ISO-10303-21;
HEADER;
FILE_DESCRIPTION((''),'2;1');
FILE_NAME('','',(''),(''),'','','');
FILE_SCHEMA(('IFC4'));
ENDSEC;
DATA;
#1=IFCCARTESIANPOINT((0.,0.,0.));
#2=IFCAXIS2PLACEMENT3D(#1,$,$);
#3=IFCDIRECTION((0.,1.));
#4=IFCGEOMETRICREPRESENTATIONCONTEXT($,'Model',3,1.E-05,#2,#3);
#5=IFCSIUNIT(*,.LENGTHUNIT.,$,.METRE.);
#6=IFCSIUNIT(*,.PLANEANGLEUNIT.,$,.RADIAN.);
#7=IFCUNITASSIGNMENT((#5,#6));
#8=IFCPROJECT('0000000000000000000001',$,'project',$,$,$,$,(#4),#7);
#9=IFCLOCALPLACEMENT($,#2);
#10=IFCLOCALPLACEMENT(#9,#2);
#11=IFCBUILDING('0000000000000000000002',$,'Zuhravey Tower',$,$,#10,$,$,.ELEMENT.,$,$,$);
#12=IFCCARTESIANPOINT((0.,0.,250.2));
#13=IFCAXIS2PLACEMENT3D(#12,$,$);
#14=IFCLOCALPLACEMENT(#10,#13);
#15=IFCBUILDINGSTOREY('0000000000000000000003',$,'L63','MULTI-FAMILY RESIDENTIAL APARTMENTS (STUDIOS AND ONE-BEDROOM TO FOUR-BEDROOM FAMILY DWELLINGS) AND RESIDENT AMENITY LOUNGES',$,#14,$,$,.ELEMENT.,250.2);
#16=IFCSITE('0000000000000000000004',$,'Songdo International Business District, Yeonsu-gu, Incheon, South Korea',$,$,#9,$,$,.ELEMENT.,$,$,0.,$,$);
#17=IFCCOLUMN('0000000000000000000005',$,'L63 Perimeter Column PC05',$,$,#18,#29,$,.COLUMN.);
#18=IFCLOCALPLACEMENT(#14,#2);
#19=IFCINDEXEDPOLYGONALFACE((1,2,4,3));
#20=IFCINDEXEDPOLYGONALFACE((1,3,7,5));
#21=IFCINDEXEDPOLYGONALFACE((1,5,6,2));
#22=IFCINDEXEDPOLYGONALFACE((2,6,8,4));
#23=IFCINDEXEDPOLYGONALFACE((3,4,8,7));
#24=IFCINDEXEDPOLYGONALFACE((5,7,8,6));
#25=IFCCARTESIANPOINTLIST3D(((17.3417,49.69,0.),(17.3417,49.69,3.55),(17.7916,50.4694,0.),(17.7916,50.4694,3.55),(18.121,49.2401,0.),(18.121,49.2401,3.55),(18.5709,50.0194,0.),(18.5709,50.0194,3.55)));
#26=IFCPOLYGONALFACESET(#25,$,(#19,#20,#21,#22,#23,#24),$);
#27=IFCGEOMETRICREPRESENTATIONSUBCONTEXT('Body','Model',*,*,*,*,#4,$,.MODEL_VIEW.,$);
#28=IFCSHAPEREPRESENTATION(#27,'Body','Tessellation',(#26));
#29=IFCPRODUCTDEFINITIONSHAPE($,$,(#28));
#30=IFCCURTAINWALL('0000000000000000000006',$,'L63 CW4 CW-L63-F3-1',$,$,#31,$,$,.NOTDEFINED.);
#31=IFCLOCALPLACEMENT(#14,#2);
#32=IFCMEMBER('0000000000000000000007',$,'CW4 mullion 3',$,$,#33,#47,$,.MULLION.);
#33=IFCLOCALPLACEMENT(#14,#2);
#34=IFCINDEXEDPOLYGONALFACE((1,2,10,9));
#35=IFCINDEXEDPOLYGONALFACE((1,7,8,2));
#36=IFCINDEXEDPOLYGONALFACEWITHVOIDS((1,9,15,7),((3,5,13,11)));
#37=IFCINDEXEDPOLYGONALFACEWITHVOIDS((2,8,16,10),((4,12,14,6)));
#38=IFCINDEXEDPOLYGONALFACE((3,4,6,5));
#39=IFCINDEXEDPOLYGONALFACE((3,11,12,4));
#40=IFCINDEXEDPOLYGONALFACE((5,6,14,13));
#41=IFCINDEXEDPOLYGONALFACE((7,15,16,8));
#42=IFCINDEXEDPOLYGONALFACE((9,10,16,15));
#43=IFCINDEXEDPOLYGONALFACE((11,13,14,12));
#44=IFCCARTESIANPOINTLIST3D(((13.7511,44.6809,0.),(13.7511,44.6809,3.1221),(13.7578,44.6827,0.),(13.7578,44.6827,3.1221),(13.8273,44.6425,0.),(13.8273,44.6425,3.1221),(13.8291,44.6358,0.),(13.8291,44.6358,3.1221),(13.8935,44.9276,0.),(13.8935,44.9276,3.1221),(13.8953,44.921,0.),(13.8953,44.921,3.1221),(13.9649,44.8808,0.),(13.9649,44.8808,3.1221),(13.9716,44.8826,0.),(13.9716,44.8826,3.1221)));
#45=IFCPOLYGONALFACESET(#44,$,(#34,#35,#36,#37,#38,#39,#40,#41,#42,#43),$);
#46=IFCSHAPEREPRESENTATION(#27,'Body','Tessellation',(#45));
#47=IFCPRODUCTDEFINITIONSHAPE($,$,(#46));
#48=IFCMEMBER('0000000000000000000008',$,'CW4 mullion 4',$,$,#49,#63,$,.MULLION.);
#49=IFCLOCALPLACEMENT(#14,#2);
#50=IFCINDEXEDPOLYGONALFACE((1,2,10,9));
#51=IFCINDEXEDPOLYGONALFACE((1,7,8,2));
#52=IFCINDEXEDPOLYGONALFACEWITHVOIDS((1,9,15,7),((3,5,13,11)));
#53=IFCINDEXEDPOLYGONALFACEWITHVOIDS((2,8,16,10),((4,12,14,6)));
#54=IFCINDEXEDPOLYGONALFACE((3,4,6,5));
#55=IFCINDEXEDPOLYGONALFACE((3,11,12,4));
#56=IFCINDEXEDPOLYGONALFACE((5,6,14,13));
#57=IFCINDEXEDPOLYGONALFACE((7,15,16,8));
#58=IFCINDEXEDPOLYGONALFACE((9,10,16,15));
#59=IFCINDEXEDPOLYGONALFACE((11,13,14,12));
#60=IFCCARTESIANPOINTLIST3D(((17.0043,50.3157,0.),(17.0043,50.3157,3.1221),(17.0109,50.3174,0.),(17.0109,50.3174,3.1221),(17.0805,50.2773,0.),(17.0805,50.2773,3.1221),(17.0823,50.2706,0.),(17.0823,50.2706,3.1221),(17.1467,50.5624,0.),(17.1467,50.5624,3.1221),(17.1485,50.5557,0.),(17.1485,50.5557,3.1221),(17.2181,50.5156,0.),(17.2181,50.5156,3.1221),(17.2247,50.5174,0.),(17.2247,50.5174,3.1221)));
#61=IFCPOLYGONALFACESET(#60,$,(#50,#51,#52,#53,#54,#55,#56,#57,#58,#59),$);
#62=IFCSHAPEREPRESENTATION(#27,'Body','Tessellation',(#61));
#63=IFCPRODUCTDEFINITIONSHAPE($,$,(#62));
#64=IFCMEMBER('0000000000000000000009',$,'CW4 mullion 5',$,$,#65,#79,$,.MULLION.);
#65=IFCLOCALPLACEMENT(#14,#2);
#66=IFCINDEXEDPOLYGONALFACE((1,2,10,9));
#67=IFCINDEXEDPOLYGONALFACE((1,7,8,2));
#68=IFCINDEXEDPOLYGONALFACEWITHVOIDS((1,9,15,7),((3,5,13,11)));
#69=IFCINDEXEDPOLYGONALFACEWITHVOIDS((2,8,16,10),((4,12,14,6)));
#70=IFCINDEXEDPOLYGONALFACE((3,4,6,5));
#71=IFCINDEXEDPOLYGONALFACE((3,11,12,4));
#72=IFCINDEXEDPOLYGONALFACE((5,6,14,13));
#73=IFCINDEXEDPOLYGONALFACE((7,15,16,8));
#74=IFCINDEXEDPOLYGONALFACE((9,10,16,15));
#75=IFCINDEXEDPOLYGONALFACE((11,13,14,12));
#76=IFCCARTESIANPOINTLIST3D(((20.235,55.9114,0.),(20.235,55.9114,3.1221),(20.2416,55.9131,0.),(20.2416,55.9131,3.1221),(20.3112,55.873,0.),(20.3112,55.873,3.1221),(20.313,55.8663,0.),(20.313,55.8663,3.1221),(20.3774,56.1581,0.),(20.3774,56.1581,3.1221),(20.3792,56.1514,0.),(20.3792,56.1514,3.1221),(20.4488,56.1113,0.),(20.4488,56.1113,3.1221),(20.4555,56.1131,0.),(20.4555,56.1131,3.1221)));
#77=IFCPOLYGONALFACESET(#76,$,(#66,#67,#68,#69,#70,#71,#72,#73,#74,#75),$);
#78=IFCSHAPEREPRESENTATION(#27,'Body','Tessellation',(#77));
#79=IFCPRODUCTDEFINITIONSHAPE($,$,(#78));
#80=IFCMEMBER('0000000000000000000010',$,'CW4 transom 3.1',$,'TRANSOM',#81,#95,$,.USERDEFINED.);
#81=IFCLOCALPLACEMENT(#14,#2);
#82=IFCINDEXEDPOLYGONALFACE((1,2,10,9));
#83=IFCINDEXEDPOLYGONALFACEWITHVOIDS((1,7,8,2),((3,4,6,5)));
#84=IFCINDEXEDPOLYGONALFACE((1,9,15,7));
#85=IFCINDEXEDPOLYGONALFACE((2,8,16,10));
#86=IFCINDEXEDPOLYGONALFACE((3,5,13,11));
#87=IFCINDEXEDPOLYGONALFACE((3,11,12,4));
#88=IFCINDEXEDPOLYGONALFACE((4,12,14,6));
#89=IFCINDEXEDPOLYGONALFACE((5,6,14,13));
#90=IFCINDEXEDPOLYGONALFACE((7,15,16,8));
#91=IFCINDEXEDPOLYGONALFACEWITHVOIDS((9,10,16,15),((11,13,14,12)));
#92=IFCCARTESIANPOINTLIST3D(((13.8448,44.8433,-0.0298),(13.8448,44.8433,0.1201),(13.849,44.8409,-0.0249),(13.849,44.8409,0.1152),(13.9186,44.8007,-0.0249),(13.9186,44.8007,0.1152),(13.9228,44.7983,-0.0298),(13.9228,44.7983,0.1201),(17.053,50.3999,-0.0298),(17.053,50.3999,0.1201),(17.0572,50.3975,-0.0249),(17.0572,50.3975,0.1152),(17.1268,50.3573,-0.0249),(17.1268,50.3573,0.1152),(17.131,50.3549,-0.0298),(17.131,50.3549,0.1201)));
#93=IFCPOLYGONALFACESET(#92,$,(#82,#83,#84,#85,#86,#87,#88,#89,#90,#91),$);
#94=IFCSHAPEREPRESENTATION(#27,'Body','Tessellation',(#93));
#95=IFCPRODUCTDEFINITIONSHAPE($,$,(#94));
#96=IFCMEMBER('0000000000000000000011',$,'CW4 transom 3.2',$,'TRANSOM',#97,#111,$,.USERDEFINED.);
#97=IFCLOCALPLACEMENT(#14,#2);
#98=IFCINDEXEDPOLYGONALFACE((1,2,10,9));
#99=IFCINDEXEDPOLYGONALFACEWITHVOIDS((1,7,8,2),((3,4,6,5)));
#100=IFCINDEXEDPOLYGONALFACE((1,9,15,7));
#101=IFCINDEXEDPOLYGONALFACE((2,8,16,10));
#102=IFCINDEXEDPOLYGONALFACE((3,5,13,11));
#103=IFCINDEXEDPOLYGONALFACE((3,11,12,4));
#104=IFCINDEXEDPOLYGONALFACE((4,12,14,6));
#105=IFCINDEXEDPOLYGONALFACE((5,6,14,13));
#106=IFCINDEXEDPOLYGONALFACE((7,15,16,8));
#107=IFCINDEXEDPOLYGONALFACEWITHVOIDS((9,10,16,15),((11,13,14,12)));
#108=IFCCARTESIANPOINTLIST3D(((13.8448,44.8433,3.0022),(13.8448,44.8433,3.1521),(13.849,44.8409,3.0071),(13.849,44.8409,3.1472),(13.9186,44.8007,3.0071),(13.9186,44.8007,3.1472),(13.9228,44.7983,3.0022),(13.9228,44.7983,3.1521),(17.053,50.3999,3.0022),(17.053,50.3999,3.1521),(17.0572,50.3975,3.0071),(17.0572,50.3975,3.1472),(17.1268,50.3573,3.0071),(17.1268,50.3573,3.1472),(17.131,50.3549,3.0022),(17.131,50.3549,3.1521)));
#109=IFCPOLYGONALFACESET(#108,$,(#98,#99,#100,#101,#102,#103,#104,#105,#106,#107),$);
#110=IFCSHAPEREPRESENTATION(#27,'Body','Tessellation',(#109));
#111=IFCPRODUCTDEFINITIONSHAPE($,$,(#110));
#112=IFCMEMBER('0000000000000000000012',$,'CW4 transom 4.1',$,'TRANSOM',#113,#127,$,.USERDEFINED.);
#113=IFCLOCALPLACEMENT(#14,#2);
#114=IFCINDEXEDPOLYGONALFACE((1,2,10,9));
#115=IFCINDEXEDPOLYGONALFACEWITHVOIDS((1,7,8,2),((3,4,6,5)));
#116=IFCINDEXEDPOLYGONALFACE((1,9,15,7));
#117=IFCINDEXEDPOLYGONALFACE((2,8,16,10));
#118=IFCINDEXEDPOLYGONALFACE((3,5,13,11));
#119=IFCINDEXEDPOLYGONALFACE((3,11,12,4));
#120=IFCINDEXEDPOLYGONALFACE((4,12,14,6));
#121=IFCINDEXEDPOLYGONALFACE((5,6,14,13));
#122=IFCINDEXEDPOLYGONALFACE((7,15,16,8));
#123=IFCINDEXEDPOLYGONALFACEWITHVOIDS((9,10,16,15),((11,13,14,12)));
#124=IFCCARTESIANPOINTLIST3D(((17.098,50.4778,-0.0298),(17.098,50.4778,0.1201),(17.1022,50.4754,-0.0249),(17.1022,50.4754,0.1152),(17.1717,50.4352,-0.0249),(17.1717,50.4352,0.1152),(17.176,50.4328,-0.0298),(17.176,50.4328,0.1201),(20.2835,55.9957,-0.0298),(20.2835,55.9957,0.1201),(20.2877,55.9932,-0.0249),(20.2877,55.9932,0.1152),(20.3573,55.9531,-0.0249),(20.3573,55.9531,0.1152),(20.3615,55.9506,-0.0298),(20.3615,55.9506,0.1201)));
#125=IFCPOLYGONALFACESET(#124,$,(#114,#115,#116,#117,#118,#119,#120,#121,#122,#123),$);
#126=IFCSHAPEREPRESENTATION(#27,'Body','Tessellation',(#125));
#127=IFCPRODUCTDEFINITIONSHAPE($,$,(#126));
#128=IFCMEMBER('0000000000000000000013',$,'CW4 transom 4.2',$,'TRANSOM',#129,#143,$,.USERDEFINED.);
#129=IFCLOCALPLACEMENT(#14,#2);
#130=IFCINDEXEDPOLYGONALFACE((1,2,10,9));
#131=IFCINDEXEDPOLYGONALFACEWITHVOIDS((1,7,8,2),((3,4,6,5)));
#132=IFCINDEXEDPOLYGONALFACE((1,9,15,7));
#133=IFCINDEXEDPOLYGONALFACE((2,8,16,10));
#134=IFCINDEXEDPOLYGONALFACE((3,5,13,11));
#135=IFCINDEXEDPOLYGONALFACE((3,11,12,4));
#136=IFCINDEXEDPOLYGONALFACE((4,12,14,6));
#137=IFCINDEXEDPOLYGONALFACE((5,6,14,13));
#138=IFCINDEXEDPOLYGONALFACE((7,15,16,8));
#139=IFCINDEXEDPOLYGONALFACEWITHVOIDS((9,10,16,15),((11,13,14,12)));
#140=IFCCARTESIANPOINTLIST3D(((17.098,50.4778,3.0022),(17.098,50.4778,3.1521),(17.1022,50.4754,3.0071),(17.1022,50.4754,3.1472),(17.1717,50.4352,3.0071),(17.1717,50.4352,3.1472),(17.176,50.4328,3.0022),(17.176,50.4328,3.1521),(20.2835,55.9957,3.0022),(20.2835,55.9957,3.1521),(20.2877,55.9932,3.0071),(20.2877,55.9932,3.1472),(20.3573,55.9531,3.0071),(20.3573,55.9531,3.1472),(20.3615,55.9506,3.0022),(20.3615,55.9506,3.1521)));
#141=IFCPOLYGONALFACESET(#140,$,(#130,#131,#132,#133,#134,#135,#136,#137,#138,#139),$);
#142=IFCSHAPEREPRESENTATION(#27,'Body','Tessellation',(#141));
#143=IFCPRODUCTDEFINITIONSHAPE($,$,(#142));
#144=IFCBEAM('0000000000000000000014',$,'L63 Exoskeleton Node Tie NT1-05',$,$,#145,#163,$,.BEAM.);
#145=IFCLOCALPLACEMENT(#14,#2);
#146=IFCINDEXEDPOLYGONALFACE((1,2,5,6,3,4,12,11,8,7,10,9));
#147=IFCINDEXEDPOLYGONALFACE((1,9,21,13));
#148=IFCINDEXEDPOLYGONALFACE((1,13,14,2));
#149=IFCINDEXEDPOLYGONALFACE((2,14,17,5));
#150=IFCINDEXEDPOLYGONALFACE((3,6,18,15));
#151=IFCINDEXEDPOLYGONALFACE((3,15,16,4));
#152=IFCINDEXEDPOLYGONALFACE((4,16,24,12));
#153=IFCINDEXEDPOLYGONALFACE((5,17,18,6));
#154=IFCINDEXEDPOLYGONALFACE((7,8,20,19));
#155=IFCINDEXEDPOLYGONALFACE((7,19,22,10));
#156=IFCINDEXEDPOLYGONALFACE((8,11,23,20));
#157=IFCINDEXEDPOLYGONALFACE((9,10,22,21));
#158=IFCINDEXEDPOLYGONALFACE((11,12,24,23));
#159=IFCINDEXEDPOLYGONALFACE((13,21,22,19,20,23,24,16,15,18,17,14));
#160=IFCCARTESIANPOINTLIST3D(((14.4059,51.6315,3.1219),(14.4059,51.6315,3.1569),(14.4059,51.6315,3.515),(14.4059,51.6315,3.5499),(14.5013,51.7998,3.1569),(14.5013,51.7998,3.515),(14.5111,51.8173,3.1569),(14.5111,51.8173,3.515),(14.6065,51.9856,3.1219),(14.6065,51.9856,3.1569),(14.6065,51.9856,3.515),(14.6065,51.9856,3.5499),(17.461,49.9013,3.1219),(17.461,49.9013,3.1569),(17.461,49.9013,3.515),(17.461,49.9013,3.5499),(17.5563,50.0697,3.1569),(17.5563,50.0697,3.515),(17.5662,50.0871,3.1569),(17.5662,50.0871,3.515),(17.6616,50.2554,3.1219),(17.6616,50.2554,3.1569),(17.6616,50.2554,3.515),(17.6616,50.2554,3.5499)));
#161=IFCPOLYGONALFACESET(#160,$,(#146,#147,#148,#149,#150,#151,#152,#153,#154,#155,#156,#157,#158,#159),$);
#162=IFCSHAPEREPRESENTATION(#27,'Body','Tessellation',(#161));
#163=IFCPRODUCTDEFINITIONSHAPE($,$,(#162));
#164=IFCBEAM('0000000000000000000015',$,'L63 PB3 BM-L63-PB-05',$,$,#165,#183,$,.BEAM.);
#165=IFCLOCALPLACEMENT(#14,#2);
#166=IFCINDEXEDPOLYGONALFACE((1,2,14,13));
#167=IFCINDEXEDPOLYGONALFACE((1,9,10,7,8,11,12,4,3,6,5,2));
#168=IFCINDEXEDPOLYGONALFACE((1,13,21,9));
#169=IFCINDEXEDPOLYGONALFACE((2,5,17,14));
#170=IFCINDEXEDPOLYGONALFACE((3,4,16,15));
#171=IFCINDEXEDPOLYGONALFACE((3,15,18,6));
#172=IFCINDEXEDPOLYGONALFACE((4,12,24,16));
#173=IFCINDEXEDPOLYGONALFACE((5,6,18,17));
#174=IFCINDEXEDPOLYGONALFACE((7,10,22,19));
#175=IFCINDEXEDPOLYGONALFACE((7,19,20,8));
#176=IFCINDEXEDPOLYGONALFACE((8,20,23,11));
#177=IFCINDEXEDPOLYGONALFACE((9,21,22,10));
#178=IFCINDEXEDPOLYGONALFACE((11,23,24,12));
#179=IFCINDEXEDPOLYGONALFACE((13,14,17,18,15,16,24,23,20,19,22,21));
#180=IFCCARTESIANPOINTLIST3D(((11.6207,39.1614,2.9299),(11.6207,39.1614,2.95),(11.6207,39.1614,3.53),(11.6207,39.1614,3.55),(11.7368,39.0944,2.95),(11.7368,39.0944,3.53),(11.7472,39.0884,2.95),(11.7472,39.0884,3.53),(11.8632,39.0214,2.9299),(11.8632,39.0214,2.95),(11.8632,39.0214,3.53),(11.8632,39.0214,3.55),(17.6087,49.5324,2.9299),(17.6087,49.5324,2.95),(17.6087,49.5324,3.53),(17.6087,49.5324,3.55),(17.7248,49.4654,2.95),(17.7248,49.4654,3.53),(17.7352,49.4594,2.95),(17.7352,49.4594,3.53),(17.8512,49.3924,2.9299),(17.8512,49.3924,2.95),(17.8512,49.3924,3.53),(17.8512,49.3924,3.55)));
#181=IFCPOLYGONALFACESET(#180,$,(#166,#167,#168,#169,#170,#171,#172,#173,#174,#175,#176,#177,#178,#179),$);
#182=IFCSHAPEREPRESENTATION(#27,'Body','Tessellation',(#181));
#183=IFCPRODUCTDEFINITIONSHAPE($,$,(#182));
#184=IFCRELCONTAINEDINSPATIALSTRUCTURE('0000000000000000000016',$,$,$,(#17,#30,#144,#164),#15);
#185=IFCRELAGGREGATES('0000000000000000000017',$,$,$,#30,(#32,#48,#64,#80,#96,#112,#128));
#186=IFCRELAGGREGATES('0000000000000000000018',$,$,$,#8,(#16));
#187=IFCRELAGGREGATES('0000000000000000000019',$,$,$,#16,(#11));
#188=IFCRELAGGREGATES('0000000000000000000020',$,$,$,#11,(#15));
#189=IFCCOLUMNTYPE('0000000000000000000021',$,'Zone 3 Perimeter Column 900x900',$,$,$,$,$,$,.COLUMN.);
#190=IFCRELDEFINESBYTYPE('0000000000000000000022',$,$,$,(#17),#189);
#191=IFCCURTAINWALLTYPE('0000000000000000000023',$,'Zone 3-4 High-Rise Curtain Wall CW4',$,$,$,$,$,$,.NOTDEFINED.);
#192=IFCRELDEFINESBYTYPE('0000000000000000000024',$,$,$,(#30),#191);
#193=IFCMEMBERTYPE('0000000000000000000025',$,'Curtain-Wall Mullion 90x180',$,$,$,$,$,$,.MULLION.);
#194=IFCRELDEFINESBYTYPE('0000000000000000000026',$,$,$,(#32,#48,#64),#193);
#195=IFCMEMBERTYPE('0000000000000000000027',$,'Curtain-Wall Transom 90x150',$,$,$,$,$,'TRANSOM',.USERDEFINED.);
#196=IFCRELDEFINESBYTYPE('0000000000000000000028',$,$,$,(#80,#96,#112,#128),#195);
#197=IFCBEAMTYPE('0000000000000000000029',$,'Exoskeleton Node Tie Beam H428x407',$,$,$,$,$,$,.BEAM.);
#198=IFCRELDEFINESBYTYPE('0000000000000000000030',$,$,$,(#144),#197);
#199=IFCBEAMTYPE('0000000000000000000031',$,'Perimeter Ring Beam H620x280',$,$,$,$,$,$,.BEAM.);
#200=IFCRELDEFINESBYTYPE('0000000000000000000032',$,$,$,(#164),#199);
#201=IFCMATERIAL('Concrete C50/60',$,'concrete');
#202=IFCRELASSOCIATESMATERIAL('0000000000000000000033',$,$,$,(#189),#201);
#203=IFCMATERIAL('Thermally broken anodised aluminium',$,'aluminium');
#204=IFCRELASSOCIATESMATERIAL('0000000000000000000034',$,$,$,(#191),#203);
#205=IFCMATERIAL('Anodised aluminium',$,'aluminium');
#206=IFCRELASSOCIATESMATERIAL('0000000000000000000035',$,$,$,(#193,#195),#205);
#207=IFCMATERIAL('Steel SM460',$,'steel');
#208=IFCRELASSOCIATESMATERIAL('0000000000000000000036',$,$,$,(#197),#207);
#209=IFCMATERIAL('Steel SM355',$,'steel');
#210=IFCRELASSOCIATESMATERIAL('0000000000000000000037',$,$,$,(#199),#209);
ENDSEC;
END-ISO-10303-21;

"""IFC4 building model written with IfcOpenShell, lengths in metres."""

from ifc_helpers import new_model, si_unit, direction, frame, origin, origin_2d, place, context, subcontext, project, spatial, rectangle, hollow_rectangle, i_section, extrude, material, material_profile, profile_set, type_object, element, aggregate, save


model = new_model("IFC4")

# Units and contexts
model_context = context("Model", 3, precision=1e-05, world=origin(), true_north=direction((0.0, 1.0)))
body_context = subcontext(model_context, "Body", "Model", "MODEL_VIEW")
ifc_project = project(units=[si_unit("LENGTHUNIT", "METRE"), si_unit("PLANEANGLEUNIT", "RADIAN")], contexts=[model_context])

# Site, building, storey
site_placement = place(None, origin())
site = spatial("IfcSite", under=ifc_project, at=site_placement, Name="Songdo International Business District, Yeonsu-gu, Incheon, South Korea", CompositionType="ELEMENT", RefElevation=0.0)
building_placement = place(site_placement, origin())
building = spatial("IfcBuilding", under=site, at=building_placement, Name="Zuhravey Tower", CompositionType="ELEMENT")
storey_placement = place(building_placement, frame((0.0, 0.0, 250.2)))
storey = spatial("IfcBuildingStorey", under=building, at=storey_placement, Name="L63", Description="MULTI-FAMILY RESIDENTIAL APARTMENTS (STUDIOS AND ONE-BEDROOM TO FOUR-BEDROOM FAMILY DWELLINGS) AND RESIDENT AMENITY LOUNGES", CompositionType="ELEMENT", Elevation=250.2)

# Column
ifc_material_1 = material(Name="Concrete C50/60", Category="concrete")
ifc_material_profile_1 = material_profile(ifc_material_1, rectangle(XDim=0.8999, YDim=0.8999, at=origin_2d()), Name="RC-900x900")
ifc_profile_set_1 = profile_set([ifc_material_profile_1], Name="Concrete C50/60")
column_type = type_object("IfcColumnType", Name="Zone 3 Perimeter Column 900x900", PredefinedType="COLUMN", material=ifc_profile_set_1)
column_placement = place(storey_placement, frame((17.9563, 49.8547, 0.0), z_axis=(0.0, 0.0, 1.0), x_axis=(-0.5, -0.866025, 0.0)))
element("IfcColumn", 1, at=column_placement, inside=storey, type_object=column_type, Name="L63 Perimeter Column PC05", PredefinedType="COLUMN", context=body_context, shape_type="SweptSolid", body=[
    extrude(rectangle(XDim=0.8999, YDim=0.8999, at=origin_2d()), origin(), (0.0, 0.0, 1.0), 3.55),
])

# Curtain wall, members
ifc_material_2 = material(Name="Thermally broken anodised aluminium", Category="aluminium")
curtain_wall_type = type_object("IfcCurtainWallType", Name="Zone 3-4 High-Rise Curtain Wall CW4", PredefinedType="NOTDEFINED", material=ifc_material_2)
curtain_wall_placement = place(storey_placement, origin())
curtain_wall = element("IfcCurtainWall", 2, at=curtain_wall_placement, inside=storey, type_object=curtain_wall_type, Name="L63 CW4 CW-L63-F3-1", PredefinedType="NOTDEFINED")
ifc_material_3 = material(Name="Anodised aluminium", Category="aluminium")
ifc_material_profile_2 = material_profile(ifc_material_3, hollow_rectangle(XDim=0.0901, YDim=0.2849, WallThickness=0.0049, at=origin_2d()), Name="ALU-RHS-90x285x5")
ifc_profile_set_2 = profile_set([ifc_material_profile_2], Name="Anodised aluminium")
member_type_1 = type_object("IfcMemberType", Name="Curtain-Wall Mullion 90x180", PredefinedType="MULLION", material=ifc_profile_set_2)
member_1_placement = place(storey_placement, frame((13.8613, 44.7817, 0.0), z_axis=(0.0, 0.0, 1.0), x_axis=(-0.866025, 0.500001, 0.0)))
member_1 = element("IfcMember", 3, at=member_1_placement, type_object=member_type_1, Name="CW4 mullion 3", PredefinedType="MULLION", context=body_context, shape_type="SweptSolid", body=[
    extrude(hollow_rectangle(XDim=0.0901, YDim=0.2849, WallThickness=0.0049, at=origin_2d()), origin(), (0.0, 0.0, 1.0), 3.1221),
])
member_2_placement = place(storey_placement, frame((17.1145, 50.4165, 0.0), z_axis=(0.0, 0.0, 1.0), x_axis=(-0.866025, 0.500001, 0.0)))
member_2 = element("IfcMember", 4, at=member_2_placement, type_object=member_type_1, Name="CW4 mullion 4", PredefinedType="MULLION", context=body_context, shape_type="SweptSolid", body=[
    extrude(hollow_rectangle(XDim=0.0901, YDim=0.2849, WallThickness=0.0049, at=origin_2d()), origin(), (0.0, 0.0, 1.0), 3.1221),
])
member_3_placement = place(storey_placement, frame((20.3452, 56.0122, 0.0), z_axis=(0.0, 0.0, 1.0), x_axis=(-0.866025, 0.500001, 0.0)))
member_3 = element("IfcMember", 5, at=member_3_placement, type_object=member_type_1, Name="CW4 mullion 5", PredefinedType="MULLION", context=body_context, shape_type="SweptSolid", body=[
    extrude(hollow_rectangle(XDim=0.0901, YDim=0.2849, WallThickness=0.0049, at=origin_2d()), origin(), (0.0, 0.0, 1.0), 3.1221),
])
ifc_material_profile_3 = material_profile(ifc_material_3, hollow_rectangle(XDim=0.0901, YDim=0.1499, WallThickness=0.0049, at=origin_2d()), Name="ALU-RHS-90x150x5")
ifc_profile_set_3 = profile_set([ifc_material_profile_3], Name="Anodised aluminium")
member_type_2 = type_object("IfcMemberType", Name="Curtain-Wall Transom 90x150", ElementType="TRANSOM", PredefinedType="USERDEFINED", material=ifc_profile_set_3)
member_4_placement = place(storey_placement, frame((13.8838, 44.8208, 0.0452), z_axis=(0.500014, 0.866017, 0.0), x_axis=(-0.866017, 0.500014, 0.0)))
member_4 = element("IfcMember", 6, at=member_4_placement, type_object=member_type_2, Name="CW4 transom 3.1", ObjectType="TRANSOM", PredefinedType="USERDEFINED", context=body_context, shape_type="SweptSolid", body=[
    extrude(hollow_rectangle(XDim=0.0901, YDim=0.1499, WallThickness=0.0049, at=origin_2d()), origin(), (0.0, 0.0, 1.0), 6.4163),
])
member_5_placement = place(storey_placement, frame((13.8838, 44.8208, 3.0771), z_axis=(0.500014, 0.866017, 0.0), x_axis=(-0.866017, 0.500014, 0.0)))
member_5 = element("IfcMember", 7, at=member_5_placement, type_object=member_type_2, Name="CW4 transom 3.2", ObjectType="TRANSOM", PredefinedType="USERDEFINED", context=body_context, shape_type="SweptSolid", body=[
    extrude(hollow_rectangle(XDim=0.0901, YDim=0.1499, WallThickness=0.0049, at=origin_2d()), origin(), (0.0, 0.0, 1.0), 6.4163),
])
member_6_placement = place(storey_placement, frame((17.137, 50.4553, 0.0452), z_axis=(0.49998, 0.866037, 0.0), x_axis=(-0.866037, 0.49998, 0.0)))
member_6 = element("IfcMember", 8, at=member_6_placement, type_object=member_type_2, Name="CW4 transom 4.1", ObjectType="TRANSOM", PredefinedType="USERDEFINED", context=body_context, shape_type="SweptSolid", body=[
    extrude(hollow_rectangle(XDim=0.0901, YDim=0.1499, WallThickness=0.0049, at=origin_2d()), origin(), (0.0, 0.0, 1.0), 6.3713),
])
member_7_placement = place(storey_placement, frame((17.137, 50.4553, 3.0771), z_axis=(0.49998, 0.866037, 0.0), x_axis=(-0.866037, 0.49998, 0.0)))
member_7 = element("IfcMember", 9, at=member_7_placement, type_object=member_type_2, Name="CW4 transom 4.2", ObjectType="TRANSOM", PredefinedType="USERDEFINED", context=body_context, shape_type="SweptSolid", body=[
    extrude(hollow_rectangle(XDim=0.0901, YDim=0.1499, WallThickness=0.0049, at=origin_2d()), origin(), (0.0, 0.0, 1.0), 6.3713),
])

# Beams
ifc_material_4 = material(Name="Steel SM460", Category="steel")
ifc_material_profile_4 = material_profile(ifc_material_4, i_section(OverallWidth=0.407, OverallDepth=0.428, WebThickness=0.02, FlangeThickness=0.0349, at=origin_2d()), Name="H-428x407x20x35")
ifc_profile_set_4 = profile_set([ifc_material_profile_4], Name="Steel SM460")
beam_type_1 = type_object("IfcBeamType", Name="Exoskeleton Node Tie Beam H428x407", PredefinedType="BEAM", material=ifc_profile_set_4)
beam_1_placement = place(storey_placement, frame((17.5613, 50.0784, 3.3359), z_axis=(-0.870149, 0.492788, 0.0), x_axis=(-0.492788, -0.870149, 0.0)))
element("IfcBeam", 10, at=beam_1_placement, inside=storey, type_object=beam_type_1, Name="L63 Exoskeleton Node Tie NT1-05", PredefinedType="BEAM", context=body_context, shape_type="SweptSolid", body=[
    extrude(i_section(OverallWidth=0.407, OverallDepth=0.428, WebThickness=0.02, FlangeThickness=0.0349, at=origin_2d()), origin(), (0.0, 0.0, 1.0), 3.511),
])
ifc_material_5 = material(Name="Steel SM355", Category="steel")
ifc_material_profile_5 = material_profile(ifc_material_5, i_section(OverallWidth=0.28, OverallDepth=0.6201, WebThickness=0.012, FlangeThickness=0.02, at=origin_2d()), Name="H-620x280x12x20")
ifc_profile_set_5 = profile_set([ifc_material_profile_5], Name="Steel SM355")
beam_type_2 = type_object("IfcBeamType", Name="Perimeter Ring Beam H620x280", PredefinedType="BEAM", material=ifc_profile_set_5)
beam_2_placement = place(storey_placement, frame((17.73, 49.4624, 3.24), z_axis=(-0.500018, -0.866015, 0.0), x_axis=(0.866015, -0.500018, 0.0)))
element("IfcBeam", 11, at=beam_2_placement, inside=storey, type_object=beam_type_2, Name="L63 PB3 BM-L63-PB-05", PredefinedType="BEAM", context=body_context, shape_type="SweptSolid", body=[
    extrude(i_section(OverallWidth=0.28, OverallDepth=0.6201, WebThickness=0.012, FlangeThickness=0.02, at=origin_2d()), origin(), (0.0, 0.0, 1.0), 11.9756),
])

aggregate(curtain_wall, [member_1, member_2, member_3, member_4, member_5, member_6, member_7])

save(model, "model.ifc")
